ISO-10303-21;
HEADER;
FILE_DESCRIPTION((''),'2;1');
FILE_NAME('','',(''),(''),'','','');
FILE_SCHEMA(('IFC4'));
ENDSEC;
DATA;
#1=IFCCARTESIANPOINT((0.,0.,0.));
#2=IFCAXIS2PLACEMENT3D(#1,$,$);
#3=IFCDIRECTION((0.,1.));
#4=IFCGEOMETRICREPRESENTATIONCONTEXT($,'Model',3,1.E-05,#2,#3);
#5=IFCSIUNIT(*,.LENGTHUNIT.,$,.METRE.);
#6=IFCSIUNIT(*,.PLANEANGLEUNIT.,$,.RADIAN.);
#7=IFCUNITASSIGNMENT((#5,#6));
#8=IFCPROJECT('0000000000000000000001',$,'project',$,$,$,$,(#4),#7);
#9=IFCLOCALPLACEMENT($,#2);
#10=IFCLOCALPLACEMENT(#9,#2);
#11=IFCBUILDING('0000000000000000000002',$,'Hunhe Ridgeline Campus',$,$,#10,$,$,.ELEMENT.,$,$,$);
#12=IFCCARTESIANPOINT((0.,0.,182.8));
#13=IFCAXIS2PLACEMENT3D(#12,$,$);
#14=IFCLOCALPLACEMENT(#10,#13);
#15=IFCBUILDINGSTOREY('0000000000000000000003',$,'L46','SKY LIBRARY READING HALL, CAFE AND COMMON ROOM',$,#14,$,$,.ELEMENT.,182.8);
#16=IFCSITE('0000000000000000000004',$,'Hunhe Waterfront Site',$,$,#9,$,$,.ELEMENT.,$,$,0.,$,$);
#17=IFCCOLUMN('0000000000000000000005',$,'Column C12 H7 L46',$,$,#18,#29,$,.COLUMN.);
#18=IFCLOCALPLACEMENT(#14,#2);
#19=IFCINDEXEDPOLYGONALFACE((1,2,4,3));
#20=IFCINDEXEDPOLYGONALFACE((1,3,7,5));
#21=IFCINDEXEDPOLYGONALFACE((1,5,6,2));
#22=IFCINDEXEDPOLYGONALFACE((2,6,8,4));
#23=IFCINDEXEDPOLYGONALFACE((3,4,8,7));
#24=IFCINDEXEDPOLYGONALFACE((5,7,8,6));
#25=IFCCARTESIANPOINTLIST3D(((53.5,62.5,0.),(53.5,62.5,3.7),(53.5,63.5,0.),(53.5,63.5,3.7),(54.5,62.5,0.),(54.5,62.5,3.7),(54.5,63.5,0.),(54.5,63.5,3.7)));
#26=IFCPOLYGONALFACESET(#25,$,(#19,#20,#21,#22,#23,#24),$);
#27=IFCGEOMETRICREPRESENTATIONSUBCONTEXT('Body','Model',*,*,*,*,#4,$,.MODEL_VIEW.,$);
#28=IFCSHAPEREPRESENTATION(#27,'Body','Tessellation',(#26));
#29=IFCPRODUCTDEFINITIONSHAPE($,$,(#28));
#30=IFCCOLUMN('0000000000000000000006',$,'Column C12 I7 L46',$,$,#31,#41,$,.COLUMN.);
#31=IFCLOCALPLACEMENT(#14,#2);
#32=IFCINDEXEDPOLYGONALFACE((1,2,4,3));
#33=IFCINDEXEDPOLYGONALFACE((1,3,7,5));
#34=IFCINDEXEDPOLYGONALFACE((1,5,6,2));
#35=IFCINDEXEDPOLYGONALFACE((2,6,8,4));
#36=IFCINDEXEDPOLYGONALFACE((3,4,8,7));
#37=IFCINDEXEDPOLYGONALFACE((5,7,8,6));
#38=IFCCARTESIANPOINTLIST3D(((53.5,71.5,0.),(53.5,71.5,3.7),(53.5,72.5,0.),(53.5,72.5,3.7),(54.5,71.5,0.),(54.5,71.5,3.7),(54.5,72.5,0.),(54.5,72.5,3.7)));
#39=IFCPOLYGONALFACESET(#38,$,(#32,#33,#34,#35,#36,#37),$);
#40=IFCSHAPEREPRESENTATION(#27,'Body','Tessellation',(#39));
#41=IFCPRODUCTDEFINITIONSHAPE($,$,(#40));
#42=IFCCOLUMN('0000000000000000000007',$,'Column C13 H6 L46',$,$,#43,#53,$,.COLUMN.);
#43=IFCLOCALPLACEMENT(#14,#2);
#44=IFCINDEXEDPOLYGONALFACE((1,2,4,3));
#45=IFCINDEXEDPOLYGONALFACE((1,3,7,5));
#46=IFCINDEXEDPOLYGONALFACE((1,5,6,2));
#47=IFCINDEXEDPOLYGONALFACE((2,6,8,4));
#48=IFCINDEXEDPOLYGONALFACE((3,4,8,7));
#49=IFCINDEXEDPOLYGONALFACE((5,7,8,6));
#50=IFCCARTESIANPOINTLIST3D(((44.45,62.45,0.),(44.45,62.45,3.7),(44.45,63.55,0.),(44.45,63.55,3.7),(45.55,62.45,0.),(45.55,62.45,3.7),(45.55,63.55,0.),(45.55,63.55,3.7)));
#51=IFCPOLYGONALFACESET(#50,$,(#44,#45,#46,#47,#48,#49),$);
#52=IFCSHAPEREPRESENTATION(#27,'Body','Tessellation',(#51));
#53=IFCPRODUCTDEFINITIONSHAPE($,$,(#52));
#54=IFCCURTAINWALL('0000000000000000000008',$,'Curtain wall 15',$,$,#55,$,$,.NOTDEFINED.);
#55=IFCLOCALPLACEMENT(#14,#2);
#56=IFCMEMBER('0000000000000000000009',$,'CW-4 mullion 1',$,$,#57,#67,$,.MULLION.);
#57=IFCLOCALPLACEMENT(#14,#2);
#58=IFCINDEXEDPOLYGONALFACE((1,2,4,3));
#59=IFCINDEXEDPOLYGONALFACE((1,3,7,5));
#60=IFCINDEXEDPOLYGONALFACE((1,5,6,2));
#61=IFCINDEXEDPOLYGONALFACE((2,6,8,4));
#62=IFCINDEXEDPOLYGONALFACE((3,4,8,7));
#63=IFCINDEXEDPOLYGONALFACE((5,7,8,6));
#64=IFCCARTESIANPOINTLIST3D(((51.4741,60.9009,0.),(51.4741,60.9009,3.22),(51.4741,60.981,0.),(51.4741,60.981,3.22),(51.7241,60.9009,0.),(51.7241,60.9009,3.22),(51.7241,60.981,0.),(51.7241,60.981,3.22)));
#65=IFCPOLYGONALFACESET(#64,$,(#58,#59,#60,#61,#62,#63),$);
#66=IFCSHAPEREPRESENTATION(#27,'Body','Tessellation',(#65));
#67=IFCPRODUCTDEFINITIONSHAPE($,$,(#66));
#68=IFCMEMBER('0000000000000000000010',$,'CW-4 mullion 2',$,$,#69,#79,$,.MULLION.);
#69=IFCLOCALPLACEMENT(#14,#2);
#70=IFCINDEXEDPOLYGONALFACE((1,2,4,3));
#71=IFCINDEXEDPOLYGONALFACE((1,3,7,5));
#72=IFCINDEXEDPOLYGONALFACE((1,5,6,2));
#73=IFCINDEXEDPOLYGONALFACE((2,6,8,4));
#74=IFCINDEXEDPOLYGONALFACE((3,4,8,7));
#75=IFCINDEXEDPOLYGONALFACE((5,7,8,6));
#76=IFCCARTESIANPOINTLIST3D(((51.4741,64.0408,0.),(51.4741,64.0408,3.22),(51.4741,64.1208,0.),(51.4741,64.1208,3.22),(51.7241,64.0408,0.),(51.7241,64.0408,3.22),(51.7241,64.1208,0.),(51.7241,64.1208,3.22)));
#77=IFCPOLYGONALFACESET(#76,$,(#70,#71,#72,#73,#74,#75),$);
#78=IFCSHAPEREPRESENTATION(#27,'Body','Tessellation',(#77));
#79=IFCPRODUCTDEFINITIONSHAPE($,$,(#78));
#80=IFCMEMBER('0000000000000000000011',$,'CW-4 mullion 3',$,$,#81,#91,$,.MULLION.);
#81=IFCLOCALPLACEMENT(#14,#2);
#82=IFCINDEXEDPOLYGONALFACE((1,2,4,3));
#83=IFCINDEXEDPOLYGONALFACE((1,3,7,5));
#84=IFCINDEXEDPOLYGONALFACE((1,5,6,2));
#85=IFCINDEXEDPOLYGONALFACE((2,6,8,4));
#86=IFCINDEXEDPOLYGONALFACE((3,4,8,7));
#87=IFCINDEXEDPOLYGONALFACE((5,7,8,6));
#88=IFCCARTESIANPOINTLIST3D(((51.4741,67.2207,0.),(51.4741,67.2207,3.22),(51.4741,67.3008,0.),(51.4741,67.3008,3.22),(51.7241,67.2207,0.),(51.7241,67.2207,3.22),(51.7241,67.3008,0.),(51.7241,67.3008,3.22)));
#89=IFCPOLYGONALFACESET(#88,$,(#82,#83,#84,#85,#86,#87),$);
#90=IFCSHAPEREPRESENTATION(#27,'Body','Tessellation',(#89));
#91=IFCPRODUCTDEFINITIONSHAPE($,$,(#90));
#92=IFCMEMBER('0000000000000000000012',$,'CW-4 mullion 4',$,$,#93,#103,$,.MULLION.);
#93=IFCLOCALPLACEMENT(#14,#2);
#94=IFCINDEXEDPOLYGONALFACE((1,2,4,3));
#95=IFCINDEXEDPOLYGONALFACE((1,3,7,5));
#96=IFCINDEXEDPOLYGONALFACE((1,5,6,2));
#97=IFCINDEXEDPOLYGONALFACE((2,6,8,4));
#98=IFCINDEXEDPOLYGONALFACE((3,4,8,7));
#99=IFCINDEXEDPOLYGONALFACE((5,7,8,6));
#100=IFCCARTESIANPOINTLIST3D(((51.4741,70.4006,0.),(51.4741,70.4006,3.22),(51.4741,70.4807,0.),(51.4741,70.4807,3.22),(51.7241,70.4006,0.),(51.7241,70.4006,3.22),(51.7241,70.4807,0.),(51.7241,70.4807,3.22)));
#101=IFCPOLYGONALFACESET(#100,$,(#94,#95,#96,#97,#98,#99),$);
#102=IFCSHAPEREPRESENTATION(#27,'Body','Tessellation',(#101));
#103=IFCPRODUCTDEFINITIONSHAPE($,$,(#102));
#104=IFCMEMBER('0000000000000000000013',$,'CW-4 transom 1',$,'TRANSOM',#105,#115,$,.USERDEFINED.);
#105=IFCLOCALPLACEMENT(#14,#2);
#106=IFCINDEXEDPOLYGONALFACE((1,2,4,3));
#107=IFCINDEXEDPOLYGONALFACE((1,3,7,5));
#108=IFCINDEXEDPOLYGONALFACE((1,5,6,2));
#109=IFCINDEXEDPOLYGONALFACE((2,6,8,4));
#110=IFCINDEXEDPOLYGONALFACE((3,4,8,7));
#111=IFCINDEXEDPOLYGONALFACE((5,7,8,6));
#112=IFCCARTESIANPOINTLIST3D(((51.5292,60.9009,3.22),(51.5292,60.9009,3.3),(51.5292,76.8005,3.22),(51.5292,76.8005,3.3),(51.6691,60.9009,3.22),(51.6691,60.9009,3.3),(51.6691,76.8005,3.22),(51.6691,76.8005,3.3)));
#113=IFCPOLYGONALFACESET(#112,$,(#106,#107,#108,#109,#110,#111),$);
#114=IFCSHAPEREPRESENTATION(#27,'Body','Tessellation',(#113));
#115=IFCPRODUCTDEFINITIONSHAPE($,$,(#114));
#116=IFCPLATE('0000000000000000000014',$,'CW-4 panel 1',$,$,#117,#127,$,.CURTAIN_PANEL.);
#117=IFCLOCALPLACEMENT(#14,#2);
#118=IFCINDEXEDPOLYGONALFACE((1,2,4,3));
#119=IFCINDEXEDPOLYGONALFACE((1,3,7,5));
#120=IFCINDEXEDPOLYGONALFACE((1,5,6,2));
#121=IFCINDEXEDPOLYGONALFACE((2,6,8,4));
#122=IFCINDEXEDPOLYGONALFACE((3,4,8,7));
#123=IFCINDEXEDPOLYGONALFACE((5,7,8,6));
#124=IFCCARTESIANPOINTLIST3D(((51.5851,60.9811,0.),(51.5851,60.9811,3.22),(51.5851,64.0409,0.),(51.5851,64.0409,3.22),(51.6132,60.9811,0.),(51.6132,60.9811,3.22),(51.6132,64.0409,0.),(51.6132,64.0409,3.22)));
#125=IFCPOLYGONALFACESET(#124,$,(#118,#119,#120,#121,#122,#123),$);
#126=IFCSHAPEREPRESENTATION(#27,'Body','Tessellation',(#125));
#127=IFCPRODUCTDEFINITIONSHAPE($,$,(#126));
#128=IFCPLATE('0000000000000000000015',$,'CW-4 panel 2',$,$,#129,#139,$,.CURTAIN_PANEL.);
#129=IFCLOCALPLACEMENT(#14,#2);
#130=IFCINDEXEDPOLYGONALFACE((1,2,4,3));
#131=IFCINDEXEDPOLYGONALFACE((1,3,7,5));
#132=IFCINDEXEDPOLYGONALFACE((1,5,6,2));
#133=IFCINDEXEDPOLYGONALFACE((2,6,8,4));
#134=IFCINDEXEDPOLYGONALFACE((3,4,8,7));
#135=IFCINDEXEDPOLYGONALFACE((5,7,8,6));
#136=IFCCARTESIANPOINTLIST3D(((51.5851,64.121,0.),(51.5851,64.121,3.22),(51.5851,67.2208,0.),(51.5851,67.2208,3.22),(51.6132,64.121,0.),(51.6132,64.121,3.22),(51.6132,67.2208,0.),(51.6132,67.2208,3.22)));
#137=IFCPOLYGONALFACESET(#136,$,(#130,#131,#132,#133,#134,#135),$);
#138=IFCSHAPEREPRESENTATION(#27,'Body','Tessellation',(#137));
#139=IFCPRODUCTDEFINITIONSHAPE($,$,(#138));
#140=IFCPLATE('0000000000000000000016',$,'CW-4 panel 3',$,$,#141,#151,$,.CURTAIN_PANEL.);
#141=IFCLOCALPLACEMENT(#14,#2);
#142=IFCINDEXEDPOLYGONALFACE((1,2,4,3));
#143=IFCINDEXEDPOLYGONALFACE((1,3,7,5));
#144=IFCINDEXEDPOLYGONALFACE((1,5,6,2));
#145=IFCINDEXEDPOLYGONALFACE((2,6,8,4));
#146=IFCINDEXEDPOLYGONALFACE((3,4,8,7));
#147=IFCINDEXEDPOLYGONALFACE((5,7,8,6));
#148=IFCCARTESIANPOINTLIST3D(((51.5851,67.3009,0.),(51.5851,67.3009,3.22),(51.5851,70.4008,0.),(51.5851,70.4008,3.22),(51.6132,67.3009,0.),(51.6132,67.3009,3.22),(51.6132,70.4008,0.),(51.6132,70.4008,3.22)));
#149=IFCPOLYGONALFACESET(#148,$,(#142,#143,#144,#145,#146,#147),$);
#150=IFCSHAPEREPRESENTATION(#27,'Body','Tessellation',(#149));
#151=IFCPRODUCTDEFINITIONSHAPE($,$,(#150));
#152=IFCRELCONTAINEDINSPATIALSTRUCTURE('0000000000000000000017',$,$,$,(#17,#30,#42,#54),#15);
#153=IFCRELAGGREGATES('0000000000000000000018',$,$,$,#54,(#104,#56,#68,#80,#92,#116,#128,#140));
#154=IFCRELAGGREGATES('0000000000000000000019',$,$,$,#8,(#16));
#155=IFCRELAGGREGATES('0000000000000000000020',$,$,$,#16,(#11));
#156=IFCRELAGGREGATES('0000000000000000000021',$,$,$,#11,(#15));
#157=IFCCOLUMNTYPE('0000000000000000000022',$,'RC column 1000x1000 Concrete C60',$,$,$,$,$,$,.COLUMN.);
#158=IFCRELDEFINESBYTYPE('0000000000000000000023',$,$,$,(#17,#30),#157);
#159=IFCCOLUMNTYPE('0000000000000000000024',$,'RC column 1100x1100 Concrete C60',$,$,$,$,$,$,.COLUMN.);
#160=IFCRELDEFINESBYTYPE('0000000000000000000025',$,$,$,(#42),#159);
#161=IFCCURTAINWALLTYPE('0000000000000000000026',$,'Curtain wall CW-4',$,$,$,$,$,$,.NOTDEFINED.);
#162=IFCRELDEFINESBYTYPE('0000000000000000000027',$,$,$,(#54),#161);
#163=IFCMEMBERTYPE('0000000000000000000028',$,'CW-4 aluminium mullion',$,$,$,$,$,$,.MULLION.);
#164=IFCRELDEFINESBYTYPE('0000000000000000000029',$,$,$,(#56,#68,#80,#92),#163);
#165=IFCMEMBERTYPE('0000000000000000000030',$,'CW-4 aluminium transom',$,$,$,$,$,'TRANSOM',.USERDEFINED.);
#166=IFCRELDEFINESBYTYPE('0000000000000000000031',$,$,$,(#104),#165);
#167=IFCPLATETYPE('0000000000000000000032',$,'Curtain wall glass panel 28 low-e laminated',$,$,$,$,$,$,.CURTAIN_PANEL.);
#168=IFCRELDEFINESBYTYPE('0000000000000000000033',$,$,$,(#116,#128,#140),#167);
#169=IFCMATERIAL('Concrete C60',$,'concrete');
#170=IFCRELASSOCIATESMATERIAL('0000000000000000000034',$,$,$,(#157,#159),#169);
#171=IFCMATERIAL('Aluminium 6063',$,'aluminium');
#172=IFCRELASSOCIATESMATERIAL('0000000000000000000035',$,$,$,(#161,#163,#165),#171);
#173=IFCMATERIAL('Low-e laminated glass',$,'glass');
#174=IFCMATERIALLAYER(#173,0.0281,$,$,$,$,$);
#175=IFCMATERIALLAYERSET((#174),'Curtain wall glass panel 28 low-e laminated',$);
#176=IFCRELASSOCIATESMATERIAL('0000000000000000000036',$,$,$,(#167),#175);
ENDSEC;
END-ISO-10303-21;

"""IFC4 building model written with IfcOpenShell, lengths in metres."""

from ifc_helpers import new_model, si_unit, direction, frame, origin, origin_2d, place, context, subcontext, project, spatial, rectangle, extrude, material, layer, layer_set, material_profile, profile_set, type_object, element, aggregate, save


model = new_model("IFC4")

# Units and contexts
model_context = context("Model", 3, precision=1e-05, world=origin(), true_north=direction((0.0, 1.0)))
body_context = subcontext(model_context, "Body", "Model", "MODEL_VIEW")
ifc_project = project(units=[si_unit("LENGTHUNIT", "METRE"), si_unit("PLANEANGLEUNIT", "RADIAN")], contexts=[model_context])

# Site, building, storey
site_placement = place(None, origin())
site = spatial("IfcSite", under=ifc_project, at=site_placement, Name="Hunhe Waterfront Site", CompositionType="ELEMENT", RefElevation=0.0)
building_placement = place(site_placement, origin())
building = spatial("IfcBuilding", under=site, at=building_placement, Name="Hunhe Ridgeline Campus", CompositionType="ELEMENT")
storey_placement = place(building_placement, frame((0.0, 0.0, 182.8)))
storey = spatial("IfcBuildingStorey", under=building, at=storey_placement, Name="L46", Description="SKY LIBRARY READING HALL, CAFE AND COMMON ROOM", CompositionType="ELEMENT", Elevation=182.8)

# Columns
ifc_material_1 = material(Name="Concrete C60", Category="concrete")
ifc_material_profile_1 = material_profile(ifc_material_1, rectangle(XDim=1.0, YDim=1.0, at=origin_2d()))
ifc_profile_set_1 = profile_set([ifc_material_profile_1], Name="Concrete C60")
column_type_1 = type_object("IfcColumnType", Name="RC column 1000x1000 Concrete C60", PredefinedType="COLUMN", material=ifc_profile_set_1)
for number, where, z_axis, x_axis, name in (
    (1, (54.0, 63.0, 0.0), (0.0, 0.0, 1.0), (1.0, 0.0, 0.0), "Column C12 H7 L46"),
    (2, (54.0, 72.0, 0.0), (0.0, 0.0, 1.0), (1.0, 0.0, 0.0), "Column C12 I7 L46"),
):
    element("IfcColumn", number, at=place(storey_placement, frame(where, z_axis=z_axis, x_axis=x_axis)), inside=storey, type_object=column_type_1, Name=name, PredefinedType="COLUMN", context=body_context, shape_type="SweptSolid", body=[
        extrude(rectangle(XDim=1.0, YDim=1.0, at=origin_2d()), origin(), (0.0, 0.0, 1.0), 3.7),
    ])
ifc_material_profile_2 = material_profile(ifc_material_1, rectangle(XDim=1.1001, YDim=1.1001, at=origin_2d()))
ifc_profile_set_2 = profile_set([ifc_material_profile_2], Name="Concrete C60")
column_type_2 = type_object("IfcColumnType", Name="RC column 1100x1100 Concrete C60", PredefinedType="COLUMN", material=ifc_profile_set_2)
column_placement = place(storey_placement, frame((45.0, 63.0, 0.0), z_axis=(0.0, 0.0, 1.0), x_axis=(1.0, 0.0, 0.0)))
element("IfcColumn", 3, at=column_placement, inside=storey, type_object=column_type_2, Name="Column C13 H6 L46", PredefinedType="COLUMN", context=body_context, shape_type="SweptSolid", body=[
    extrude(rectangle(XDim=1.1001, YDim=1.1001, at=origin_2d()), origin(), (0.0, 0.0, 1.0), 3.7),
])

# Curtain wall, members, plates
ifc_material_2 = material(Name="Aluminium 6063", Category="aluminium")
curtain_wall_type = type_object("IfcCurtainWallType", Name="Curtain wall CW-4", PredefinedType="NOTDEFINED", material=ifc_material_2)
curtain_wall_placement = place(storey_placement, origin())
curtain_wall = element("IfcCurtainWall", 4, at=curtain_wall_placement, inside=storey, type_object=curtain_wall_type, Name="Curtain wall 15", PredefinedType="NOTDEFINED")
ifc_material_profile_3 = material_profile(ifc_material_2, rectangle(XDim=0.25, YDim=0.0801, at=origin_2d()))
ifc_profile_set_3 = profile_set([ifc_material_profile_3], Name="Aluminium 6063")
member_type_1 = type_object("IfcMemberType", Name="CW-4 aluminium mullion", PredefinedType="MULLION", material=ifc_profile_set_3)
member_1_placement = place(storey_placement, frame((51.5991, 60.9409, 0.0), z_axis=(0.0, 0.0, 1.0), x_axis=(-1.0, 0.0, 0.0)))
member_1 = element("IfcMember", 5, at=member_1_placement, type_object=member_type_1, Name="CW-4 mullion 1", PredefinedType="MULLION", context=body_context, shape_type="SweptSolid", body=[
    extrude(rectangle(XDim=0.25, YDim=0.0801, at=origin_2d()), origin(), (0.0, 0.0, 1.0), 3.22),
])
member_2_placement = place(storey_placement, frame((51.5991, 64.0808, 0.0), z_axis=(0.0, 0.0, 1.0), x_axis=(-1.0, 0.0, 0.0)))
member_2 = element("IfcMember", 6, at=member_2_placement, type_object=member_type_1, Name="CW-4 mullion 2", PredefinedType="MULLION", context=body_context, shape_type="SweptSolid", body=[
    extrude(rectangle(XDim=0.25, YDim=0.0801, at=origin_2d()), origin(), (0.0, 0.0, 1.0), 3.22),
])
member_3_placement = place(storey_placement, frame((51.5991, 67.2607, 0.0), z_axis=(0.0, 0.0, 1.0), x_axis=(-1.0, 0.0, 0.0)))
member_3 = element("IfcMember", 7, at=member_3_placement, type_object=member_type_1, Name="CW-4 mullion 3", PredefinedType="MULLION", context=body_context, shape_type="SweptSolid", body=[
    extrude(rectangle(XDim=0.25, YDim=0.0801, at=origin_2d()), origin(), (0.0, 0.0, 1.0), 3.22),
])
member_4_placement = place(storey_placement, frame((51.5991, 70.4407, 0.0), z_axis=(0.0, 0.0, 1.0), x_axis=(-1.0, 0.0, 0.0)))
member_4 = element("IfcMember", 8, at=member_4_placement, type_object=member_type_1, Name="CW-4 mullion 4", PredefinedType="MULLION", context=body_context, shape_type="SweptSolid", body=[
    extrude(rectangle(XDim=0.25, YDim=0.0801, at=origin_2d()), origin(), (0.0, 0.0, 1.0), 3.22),
])
ifc_material_profile_4 = material_profile(ifc_material_2, rectangle(XDim=0.1399, YDim=0.0801, at=origin_2d()))
ifc_profile_set_4 = profile_set([ifc_material_profile_4], Name="Aluminium 6063")
member_type_2 = type_object("IfcMemberType", Name="CW-4 aluminium transom", ElementType="TRANSOM", PredefinedType="USERDEFINED", material=ifc_profile_set_4)
member_5_placement = place(storey_placement, frame((51.5991, 60.9009, 3.26), z_axis=(0.0, 1.0, 0.0), x_axis=(-1.0, 0.0, 0.0)))
member_5 = element("IfcMember", 9, at=member_5_placement, type_object=member_type_2, Name="CW-4 transom 1", ObjectType="TRANSOM", PredefinedType="USERDEFINED", context=body_context, shape_type="SweptSolid", body=[
    extrude(rectangle(XDim=0.1399, YDim=0.0801, at=origin_2d()), origin(), (0.0, 0.0, 1.0), 15.8997),
])
ifc_material_3 = material(Name="Low-e laminated glass", Category="glass")
ifc_layer_1 = layer(ifc_material_3, 0.0281)
ifc_layer_set_1 = layer_set([ifc_layer_1], Name="Curtain wall glass panel 28 low-e laminated")
plate_type = type_object("IfcPlateType", Name="Curtain wall glass panel 28 low-e laminated", PredefinedType="CURTAIN_PANEL", material=ifc_layer_set_1)
plate_1_placement = place(storey_placement, frame((51.5991, 62.511, 0.0), z_axis=(0.0, 0.0, 1.0), x_axis=(0.0, 1.0, 0.0)))
plate_1 = element("IfcPlate", 10, at=plate_1_placement, type_object=plate_type, Name="CW-4 panel 1", PredefinedType="CURTAIN_PANEL", context=body_context, shape_type="SweptSolid", body=[
    extrude(rectangle(XDim=3.0598, YDim=0.0281, at=origin_2d()), origin(), (0.0, 0.0, 1.0), 3.22),
])
plate_2_placement = place(storey_placement, frame((51.5991, 65.6709, 0.0), z_axis=(0.0, 0.0, 1.0), x_axis=(0.0, 1.0, 0.0)))
plate_2 = element("IfcPlate", 11, at=plate_2_placement, type_object=plate_type, Name="CW-4 panel 2", PredefinedType="CURTAIN_PANEL", context=body_context, shape_type="SweptSolid", body=[
    extrude(rectangle(XDim=3.0999, YDim=0.0281, at=origin_2d()), origin(), (0.0, 0.0, 1.0), 3.22),
])
plate_3_placement = place(storey_placement, frame((51.5991, 68.8508, 0.0), z_axis=(0.0, 0.0, 1.0), x_axis=(0.0, 1.0, 0.0)))
plate_3 = element("IfcPlate", 12, at=plate_3_placement, type_object=plate_type, Name="CW-4 panel 3", PredefinedType="CURTAIN_PANEL", context=body_context, shape_type="SweptSolid", body=[
    extrude(rectangle(XDim=3.0999, YDim=0.0281, at=origin_2d()), origin(), (0.0, 0.0, 1.0), 3.22),
])
aggregate(curtain_wall, [member_5, member_1, member_2, member_3, member_4, plate_1, plate_2, plate_3])

save(model, "model.ifc")
